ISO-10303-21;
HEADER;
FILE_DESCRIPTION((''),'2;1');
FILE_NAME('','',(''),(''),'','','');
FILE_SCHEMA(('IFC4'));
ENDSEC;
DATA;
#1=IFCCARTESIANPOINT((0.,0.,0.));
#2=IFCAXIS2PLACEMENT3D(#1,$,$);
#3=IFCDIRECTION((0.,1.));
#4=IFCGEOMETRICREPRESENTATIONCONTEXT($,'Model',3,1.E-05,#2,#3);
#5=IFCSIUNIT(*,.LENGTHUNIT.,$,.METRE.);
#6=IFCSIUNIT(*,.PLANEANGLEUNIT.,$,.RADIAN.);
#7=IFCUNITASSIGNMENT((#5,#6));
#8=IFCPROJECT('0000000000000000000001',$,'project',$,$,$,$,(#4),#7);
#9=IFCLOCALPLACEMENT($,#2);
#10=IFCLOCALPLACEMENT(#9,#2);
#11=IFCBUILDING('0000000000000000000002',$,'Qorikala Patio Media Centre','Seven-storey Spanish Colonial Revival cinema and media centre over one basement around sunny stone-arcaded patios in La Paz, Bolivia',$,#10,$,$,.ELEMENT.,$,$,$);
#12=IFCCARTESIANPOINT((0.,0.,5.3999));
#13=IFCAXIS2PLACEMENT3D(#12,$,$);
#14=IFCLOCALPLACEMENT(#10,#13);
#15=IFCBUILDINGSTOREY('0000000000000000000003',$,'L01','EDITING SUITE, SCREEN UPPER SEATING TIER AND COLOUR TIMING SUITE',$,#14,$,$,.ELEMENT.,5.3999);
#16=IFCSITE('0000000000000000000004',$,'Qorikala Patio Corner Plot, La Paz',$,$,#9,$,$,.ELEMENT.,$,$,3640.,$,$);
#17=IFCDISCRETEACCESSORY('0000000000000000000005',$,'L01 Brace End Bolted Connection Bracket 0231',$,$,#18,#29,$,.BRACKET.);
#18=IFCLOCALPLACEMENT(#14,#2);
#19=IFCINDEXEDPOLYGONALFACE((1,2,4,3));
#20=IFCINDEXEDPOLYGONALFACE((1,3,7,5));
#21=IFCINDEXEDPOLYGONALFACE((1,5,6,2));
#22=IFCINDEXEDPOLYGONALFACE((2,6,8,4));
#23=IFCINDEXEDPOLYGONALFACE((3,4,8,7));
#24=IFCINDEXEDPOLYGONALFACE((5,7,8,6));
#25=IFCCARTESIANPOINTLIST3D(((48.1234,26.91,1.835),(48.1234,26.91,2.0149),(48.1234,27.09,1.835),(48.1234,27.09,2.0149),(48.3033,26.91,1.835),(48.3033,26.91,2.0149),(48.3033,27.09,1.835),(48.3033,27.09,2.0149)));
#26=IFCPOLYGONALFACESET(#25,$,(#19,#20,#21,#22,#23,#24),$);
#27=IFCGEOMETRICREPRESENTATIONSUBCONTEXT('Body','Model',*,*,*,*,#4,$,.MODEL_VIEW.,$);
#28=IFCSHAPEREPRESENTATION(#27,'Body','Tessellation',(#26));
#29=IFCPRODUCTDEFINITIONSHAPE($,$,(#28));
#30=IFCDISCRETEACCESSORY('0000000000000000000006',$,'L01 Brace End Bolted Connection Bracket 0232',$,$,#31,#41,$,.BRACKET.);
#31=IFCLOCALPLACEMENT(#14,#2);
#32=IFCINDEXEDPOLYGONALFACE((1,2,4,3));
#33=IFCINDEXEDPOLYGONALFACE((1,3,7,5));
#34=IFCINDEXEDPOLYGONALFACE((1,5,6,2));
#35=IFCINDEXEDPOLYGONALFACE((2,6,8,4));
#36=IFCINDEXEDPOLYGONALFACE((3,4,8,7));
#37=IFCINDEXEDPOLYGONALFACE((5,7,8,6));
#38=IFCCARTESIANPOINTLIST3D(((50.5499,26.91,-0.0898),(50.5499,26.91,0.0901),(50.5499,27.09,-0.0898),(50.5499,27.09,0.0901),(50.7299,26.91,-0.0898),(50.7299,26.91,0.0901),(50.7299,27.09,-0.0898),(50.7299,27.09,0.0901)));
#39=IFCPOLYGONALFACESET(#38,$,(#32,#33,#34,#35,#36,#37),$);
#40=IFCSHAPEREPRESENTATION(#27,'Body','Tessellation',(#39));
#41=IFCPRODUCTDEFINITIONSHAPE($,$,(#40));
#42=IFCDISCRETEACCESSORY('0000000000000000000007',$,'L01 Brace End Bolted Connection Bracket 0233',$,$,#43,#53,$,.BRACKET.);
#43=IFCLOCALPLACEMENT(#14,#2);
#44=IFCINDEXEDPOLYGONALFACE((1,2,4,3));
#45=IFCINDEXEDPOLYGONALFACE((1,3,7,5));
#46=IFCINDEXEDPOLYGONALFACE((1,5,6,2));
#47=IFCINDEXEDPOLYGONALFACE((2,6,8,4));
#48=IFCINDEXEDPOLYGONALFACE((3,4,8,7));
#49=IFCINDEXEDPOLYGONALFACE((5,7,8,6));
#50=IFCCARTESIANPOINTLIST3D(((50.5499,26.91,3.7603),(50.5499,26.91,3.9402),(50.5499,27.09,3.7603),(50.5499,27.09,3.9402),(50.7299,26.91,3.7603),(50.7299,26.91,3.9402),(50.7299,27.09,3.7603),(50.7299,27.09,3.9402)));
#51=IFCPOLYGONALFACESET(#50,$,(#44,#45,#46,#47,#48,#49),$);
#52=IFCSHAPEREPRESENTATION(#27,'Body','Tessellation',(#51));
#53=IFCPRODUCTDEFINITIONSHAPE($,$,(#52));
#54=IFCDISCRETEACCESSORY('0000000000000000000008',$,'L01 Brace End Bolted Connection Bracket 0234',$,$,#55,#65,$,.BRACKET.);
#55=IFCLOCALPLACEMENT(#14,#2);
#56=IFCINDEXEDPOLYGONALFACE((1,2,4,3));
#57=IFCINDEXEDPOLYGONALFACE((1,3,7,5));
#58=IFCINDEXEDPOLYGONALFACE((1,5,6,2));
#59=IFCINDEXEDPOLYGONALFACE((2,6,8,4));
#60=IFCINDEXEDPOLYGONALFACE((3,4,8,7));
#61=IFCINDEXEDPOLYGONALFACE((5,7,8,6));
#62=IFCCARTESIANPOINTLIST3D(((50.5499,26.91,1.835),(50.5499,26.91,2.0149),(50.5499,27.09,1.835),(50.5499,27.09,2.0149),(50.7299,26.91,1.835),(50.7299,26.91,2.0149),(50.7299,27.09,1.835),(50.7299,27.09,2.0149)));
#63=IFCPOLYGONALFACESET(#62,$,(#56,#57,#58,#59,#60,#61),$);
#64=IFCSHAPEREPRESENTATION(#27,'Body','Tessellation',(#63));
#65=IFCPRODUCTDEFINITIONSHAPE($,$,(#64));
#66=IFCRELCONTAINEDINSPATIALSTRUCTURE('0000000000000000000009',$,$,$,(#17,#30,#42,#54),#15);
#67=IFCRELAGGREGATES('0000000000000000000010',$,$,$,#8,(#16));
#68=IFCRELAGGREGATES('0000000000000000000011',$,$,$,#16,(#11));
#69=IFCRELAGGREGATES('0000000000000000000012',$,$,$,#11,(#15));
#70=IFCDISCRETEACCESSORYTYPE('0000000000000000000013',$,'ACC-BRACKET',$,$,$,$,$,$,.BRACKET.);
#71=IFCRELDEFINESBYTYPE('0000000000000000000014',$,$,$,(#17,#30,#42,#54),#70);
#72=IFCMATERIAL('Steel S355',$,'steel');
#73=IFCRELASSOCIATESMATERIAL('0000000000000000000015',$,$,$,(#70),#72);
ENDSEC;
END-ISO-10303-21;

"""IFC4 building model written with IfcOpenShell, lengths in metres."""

from ifc_helpers import new_model, si_unit, direction, frame, origin, origin_2d, place, context, subcontext, project, spatial, rectangle, extrude, material, type_object, element, save


model = new_model("IFC4")

# Units and contexts
model_context = context("Model", 3, precision=1e-05, world=origin(), true_north=direction((0.0, 1.0)))
body_context = subcontext(model_context, "Body", "Model", "MODEL_VIEW")
ifc_project = project(units=[si_unit("LENGTHUNIT", "METRE"), si_unit("PLANEANGLEUNIT", "RADIAN")], contexts=[model_context])

# Site, building, storey
site_placement = place(None, origin())
site = spatial("IfcSite", under=ifc_project, at=site_placement, Name="Qorikala Patio Corner Plot, La Paz", CompositionType="ELEMENT", RefElevation=3640.0)
building_placement = place(site_placement, origin())
building = spatial("IfcBuilding", under=site, at=building_placement, Name="Qorikala Patio Media Centre", Description="Seven-storey Spanish Colonial Revival cinema and media centre over one basement around sunny stone-arcaded patios in La Paz, Bolivia", CompositionType="ELEMENT")
storey_placement = place(building_placement, frame((0.0, 0.0, 5.3999)))
storey = spatial("IfcBuildingStorey", under=building, at=storey_placement, Name="L01", Description="EDITING SUITE, SCREEN UPPER SEATING TIER AND COLOUR TIMING SUITE", CompositionType="ELEMENT", Elevation=5.3999)

# Shared definitions
ifc_material_1 = material(Name="Steel S355", Category="steel")

# Discrete accessories
discrete_accessory_type = type_object("IfcDiscreteAccessoryType", Name="ACC-BRACKET", PredefinedType="BRACKET", material=ifc_material_1)
for number, where, z_axis, x_axis, name in (
    (1, (48.2134, 27.0, 1.835), (0.0, 0.0, 1.0), (1.0, 0.0, 0.0), "L01 Brace End Bolted Connection Bracket 0231"),
    (2, (50.6399, 27.0, -0.0898), (0.0, 0.0, 1.0), (1.0, 0.0, 0.0), "L01 Brace End Bolted Connection Bracket 0232"),
    (3, (50.6399, 27.0, 3.7603), (0.0, 0.0, 1.0), (1.0, 0.0, 0.0), "L01 Brace End Bolted Connection Bracket 0233"),
    (4, (50.6399, 27.0, 1.835), (0.0, 0.0, 1.0), (1.0, 0.0, 0.0), "L01 Brace End Bolted Connection Bracket 0234"),
):
    element("IfcDiscreteAccessory", number, at=place(storey_placement, frame(where, z_axis=z_axis, x_axis=x_axis)), inside=storey, type_object=discrete_accessory_type, Name=name, PredefinedType="BRACKET", context=body_context, shape_type="SweptSolid", body=[
        extrude(rectangle(XDim=0.1799, YDim=0.1799, at=origin_2d()), origin(), (0.0, 0.0, 1.0), 0.1799),
    ])

save(model, "model.ifc")
